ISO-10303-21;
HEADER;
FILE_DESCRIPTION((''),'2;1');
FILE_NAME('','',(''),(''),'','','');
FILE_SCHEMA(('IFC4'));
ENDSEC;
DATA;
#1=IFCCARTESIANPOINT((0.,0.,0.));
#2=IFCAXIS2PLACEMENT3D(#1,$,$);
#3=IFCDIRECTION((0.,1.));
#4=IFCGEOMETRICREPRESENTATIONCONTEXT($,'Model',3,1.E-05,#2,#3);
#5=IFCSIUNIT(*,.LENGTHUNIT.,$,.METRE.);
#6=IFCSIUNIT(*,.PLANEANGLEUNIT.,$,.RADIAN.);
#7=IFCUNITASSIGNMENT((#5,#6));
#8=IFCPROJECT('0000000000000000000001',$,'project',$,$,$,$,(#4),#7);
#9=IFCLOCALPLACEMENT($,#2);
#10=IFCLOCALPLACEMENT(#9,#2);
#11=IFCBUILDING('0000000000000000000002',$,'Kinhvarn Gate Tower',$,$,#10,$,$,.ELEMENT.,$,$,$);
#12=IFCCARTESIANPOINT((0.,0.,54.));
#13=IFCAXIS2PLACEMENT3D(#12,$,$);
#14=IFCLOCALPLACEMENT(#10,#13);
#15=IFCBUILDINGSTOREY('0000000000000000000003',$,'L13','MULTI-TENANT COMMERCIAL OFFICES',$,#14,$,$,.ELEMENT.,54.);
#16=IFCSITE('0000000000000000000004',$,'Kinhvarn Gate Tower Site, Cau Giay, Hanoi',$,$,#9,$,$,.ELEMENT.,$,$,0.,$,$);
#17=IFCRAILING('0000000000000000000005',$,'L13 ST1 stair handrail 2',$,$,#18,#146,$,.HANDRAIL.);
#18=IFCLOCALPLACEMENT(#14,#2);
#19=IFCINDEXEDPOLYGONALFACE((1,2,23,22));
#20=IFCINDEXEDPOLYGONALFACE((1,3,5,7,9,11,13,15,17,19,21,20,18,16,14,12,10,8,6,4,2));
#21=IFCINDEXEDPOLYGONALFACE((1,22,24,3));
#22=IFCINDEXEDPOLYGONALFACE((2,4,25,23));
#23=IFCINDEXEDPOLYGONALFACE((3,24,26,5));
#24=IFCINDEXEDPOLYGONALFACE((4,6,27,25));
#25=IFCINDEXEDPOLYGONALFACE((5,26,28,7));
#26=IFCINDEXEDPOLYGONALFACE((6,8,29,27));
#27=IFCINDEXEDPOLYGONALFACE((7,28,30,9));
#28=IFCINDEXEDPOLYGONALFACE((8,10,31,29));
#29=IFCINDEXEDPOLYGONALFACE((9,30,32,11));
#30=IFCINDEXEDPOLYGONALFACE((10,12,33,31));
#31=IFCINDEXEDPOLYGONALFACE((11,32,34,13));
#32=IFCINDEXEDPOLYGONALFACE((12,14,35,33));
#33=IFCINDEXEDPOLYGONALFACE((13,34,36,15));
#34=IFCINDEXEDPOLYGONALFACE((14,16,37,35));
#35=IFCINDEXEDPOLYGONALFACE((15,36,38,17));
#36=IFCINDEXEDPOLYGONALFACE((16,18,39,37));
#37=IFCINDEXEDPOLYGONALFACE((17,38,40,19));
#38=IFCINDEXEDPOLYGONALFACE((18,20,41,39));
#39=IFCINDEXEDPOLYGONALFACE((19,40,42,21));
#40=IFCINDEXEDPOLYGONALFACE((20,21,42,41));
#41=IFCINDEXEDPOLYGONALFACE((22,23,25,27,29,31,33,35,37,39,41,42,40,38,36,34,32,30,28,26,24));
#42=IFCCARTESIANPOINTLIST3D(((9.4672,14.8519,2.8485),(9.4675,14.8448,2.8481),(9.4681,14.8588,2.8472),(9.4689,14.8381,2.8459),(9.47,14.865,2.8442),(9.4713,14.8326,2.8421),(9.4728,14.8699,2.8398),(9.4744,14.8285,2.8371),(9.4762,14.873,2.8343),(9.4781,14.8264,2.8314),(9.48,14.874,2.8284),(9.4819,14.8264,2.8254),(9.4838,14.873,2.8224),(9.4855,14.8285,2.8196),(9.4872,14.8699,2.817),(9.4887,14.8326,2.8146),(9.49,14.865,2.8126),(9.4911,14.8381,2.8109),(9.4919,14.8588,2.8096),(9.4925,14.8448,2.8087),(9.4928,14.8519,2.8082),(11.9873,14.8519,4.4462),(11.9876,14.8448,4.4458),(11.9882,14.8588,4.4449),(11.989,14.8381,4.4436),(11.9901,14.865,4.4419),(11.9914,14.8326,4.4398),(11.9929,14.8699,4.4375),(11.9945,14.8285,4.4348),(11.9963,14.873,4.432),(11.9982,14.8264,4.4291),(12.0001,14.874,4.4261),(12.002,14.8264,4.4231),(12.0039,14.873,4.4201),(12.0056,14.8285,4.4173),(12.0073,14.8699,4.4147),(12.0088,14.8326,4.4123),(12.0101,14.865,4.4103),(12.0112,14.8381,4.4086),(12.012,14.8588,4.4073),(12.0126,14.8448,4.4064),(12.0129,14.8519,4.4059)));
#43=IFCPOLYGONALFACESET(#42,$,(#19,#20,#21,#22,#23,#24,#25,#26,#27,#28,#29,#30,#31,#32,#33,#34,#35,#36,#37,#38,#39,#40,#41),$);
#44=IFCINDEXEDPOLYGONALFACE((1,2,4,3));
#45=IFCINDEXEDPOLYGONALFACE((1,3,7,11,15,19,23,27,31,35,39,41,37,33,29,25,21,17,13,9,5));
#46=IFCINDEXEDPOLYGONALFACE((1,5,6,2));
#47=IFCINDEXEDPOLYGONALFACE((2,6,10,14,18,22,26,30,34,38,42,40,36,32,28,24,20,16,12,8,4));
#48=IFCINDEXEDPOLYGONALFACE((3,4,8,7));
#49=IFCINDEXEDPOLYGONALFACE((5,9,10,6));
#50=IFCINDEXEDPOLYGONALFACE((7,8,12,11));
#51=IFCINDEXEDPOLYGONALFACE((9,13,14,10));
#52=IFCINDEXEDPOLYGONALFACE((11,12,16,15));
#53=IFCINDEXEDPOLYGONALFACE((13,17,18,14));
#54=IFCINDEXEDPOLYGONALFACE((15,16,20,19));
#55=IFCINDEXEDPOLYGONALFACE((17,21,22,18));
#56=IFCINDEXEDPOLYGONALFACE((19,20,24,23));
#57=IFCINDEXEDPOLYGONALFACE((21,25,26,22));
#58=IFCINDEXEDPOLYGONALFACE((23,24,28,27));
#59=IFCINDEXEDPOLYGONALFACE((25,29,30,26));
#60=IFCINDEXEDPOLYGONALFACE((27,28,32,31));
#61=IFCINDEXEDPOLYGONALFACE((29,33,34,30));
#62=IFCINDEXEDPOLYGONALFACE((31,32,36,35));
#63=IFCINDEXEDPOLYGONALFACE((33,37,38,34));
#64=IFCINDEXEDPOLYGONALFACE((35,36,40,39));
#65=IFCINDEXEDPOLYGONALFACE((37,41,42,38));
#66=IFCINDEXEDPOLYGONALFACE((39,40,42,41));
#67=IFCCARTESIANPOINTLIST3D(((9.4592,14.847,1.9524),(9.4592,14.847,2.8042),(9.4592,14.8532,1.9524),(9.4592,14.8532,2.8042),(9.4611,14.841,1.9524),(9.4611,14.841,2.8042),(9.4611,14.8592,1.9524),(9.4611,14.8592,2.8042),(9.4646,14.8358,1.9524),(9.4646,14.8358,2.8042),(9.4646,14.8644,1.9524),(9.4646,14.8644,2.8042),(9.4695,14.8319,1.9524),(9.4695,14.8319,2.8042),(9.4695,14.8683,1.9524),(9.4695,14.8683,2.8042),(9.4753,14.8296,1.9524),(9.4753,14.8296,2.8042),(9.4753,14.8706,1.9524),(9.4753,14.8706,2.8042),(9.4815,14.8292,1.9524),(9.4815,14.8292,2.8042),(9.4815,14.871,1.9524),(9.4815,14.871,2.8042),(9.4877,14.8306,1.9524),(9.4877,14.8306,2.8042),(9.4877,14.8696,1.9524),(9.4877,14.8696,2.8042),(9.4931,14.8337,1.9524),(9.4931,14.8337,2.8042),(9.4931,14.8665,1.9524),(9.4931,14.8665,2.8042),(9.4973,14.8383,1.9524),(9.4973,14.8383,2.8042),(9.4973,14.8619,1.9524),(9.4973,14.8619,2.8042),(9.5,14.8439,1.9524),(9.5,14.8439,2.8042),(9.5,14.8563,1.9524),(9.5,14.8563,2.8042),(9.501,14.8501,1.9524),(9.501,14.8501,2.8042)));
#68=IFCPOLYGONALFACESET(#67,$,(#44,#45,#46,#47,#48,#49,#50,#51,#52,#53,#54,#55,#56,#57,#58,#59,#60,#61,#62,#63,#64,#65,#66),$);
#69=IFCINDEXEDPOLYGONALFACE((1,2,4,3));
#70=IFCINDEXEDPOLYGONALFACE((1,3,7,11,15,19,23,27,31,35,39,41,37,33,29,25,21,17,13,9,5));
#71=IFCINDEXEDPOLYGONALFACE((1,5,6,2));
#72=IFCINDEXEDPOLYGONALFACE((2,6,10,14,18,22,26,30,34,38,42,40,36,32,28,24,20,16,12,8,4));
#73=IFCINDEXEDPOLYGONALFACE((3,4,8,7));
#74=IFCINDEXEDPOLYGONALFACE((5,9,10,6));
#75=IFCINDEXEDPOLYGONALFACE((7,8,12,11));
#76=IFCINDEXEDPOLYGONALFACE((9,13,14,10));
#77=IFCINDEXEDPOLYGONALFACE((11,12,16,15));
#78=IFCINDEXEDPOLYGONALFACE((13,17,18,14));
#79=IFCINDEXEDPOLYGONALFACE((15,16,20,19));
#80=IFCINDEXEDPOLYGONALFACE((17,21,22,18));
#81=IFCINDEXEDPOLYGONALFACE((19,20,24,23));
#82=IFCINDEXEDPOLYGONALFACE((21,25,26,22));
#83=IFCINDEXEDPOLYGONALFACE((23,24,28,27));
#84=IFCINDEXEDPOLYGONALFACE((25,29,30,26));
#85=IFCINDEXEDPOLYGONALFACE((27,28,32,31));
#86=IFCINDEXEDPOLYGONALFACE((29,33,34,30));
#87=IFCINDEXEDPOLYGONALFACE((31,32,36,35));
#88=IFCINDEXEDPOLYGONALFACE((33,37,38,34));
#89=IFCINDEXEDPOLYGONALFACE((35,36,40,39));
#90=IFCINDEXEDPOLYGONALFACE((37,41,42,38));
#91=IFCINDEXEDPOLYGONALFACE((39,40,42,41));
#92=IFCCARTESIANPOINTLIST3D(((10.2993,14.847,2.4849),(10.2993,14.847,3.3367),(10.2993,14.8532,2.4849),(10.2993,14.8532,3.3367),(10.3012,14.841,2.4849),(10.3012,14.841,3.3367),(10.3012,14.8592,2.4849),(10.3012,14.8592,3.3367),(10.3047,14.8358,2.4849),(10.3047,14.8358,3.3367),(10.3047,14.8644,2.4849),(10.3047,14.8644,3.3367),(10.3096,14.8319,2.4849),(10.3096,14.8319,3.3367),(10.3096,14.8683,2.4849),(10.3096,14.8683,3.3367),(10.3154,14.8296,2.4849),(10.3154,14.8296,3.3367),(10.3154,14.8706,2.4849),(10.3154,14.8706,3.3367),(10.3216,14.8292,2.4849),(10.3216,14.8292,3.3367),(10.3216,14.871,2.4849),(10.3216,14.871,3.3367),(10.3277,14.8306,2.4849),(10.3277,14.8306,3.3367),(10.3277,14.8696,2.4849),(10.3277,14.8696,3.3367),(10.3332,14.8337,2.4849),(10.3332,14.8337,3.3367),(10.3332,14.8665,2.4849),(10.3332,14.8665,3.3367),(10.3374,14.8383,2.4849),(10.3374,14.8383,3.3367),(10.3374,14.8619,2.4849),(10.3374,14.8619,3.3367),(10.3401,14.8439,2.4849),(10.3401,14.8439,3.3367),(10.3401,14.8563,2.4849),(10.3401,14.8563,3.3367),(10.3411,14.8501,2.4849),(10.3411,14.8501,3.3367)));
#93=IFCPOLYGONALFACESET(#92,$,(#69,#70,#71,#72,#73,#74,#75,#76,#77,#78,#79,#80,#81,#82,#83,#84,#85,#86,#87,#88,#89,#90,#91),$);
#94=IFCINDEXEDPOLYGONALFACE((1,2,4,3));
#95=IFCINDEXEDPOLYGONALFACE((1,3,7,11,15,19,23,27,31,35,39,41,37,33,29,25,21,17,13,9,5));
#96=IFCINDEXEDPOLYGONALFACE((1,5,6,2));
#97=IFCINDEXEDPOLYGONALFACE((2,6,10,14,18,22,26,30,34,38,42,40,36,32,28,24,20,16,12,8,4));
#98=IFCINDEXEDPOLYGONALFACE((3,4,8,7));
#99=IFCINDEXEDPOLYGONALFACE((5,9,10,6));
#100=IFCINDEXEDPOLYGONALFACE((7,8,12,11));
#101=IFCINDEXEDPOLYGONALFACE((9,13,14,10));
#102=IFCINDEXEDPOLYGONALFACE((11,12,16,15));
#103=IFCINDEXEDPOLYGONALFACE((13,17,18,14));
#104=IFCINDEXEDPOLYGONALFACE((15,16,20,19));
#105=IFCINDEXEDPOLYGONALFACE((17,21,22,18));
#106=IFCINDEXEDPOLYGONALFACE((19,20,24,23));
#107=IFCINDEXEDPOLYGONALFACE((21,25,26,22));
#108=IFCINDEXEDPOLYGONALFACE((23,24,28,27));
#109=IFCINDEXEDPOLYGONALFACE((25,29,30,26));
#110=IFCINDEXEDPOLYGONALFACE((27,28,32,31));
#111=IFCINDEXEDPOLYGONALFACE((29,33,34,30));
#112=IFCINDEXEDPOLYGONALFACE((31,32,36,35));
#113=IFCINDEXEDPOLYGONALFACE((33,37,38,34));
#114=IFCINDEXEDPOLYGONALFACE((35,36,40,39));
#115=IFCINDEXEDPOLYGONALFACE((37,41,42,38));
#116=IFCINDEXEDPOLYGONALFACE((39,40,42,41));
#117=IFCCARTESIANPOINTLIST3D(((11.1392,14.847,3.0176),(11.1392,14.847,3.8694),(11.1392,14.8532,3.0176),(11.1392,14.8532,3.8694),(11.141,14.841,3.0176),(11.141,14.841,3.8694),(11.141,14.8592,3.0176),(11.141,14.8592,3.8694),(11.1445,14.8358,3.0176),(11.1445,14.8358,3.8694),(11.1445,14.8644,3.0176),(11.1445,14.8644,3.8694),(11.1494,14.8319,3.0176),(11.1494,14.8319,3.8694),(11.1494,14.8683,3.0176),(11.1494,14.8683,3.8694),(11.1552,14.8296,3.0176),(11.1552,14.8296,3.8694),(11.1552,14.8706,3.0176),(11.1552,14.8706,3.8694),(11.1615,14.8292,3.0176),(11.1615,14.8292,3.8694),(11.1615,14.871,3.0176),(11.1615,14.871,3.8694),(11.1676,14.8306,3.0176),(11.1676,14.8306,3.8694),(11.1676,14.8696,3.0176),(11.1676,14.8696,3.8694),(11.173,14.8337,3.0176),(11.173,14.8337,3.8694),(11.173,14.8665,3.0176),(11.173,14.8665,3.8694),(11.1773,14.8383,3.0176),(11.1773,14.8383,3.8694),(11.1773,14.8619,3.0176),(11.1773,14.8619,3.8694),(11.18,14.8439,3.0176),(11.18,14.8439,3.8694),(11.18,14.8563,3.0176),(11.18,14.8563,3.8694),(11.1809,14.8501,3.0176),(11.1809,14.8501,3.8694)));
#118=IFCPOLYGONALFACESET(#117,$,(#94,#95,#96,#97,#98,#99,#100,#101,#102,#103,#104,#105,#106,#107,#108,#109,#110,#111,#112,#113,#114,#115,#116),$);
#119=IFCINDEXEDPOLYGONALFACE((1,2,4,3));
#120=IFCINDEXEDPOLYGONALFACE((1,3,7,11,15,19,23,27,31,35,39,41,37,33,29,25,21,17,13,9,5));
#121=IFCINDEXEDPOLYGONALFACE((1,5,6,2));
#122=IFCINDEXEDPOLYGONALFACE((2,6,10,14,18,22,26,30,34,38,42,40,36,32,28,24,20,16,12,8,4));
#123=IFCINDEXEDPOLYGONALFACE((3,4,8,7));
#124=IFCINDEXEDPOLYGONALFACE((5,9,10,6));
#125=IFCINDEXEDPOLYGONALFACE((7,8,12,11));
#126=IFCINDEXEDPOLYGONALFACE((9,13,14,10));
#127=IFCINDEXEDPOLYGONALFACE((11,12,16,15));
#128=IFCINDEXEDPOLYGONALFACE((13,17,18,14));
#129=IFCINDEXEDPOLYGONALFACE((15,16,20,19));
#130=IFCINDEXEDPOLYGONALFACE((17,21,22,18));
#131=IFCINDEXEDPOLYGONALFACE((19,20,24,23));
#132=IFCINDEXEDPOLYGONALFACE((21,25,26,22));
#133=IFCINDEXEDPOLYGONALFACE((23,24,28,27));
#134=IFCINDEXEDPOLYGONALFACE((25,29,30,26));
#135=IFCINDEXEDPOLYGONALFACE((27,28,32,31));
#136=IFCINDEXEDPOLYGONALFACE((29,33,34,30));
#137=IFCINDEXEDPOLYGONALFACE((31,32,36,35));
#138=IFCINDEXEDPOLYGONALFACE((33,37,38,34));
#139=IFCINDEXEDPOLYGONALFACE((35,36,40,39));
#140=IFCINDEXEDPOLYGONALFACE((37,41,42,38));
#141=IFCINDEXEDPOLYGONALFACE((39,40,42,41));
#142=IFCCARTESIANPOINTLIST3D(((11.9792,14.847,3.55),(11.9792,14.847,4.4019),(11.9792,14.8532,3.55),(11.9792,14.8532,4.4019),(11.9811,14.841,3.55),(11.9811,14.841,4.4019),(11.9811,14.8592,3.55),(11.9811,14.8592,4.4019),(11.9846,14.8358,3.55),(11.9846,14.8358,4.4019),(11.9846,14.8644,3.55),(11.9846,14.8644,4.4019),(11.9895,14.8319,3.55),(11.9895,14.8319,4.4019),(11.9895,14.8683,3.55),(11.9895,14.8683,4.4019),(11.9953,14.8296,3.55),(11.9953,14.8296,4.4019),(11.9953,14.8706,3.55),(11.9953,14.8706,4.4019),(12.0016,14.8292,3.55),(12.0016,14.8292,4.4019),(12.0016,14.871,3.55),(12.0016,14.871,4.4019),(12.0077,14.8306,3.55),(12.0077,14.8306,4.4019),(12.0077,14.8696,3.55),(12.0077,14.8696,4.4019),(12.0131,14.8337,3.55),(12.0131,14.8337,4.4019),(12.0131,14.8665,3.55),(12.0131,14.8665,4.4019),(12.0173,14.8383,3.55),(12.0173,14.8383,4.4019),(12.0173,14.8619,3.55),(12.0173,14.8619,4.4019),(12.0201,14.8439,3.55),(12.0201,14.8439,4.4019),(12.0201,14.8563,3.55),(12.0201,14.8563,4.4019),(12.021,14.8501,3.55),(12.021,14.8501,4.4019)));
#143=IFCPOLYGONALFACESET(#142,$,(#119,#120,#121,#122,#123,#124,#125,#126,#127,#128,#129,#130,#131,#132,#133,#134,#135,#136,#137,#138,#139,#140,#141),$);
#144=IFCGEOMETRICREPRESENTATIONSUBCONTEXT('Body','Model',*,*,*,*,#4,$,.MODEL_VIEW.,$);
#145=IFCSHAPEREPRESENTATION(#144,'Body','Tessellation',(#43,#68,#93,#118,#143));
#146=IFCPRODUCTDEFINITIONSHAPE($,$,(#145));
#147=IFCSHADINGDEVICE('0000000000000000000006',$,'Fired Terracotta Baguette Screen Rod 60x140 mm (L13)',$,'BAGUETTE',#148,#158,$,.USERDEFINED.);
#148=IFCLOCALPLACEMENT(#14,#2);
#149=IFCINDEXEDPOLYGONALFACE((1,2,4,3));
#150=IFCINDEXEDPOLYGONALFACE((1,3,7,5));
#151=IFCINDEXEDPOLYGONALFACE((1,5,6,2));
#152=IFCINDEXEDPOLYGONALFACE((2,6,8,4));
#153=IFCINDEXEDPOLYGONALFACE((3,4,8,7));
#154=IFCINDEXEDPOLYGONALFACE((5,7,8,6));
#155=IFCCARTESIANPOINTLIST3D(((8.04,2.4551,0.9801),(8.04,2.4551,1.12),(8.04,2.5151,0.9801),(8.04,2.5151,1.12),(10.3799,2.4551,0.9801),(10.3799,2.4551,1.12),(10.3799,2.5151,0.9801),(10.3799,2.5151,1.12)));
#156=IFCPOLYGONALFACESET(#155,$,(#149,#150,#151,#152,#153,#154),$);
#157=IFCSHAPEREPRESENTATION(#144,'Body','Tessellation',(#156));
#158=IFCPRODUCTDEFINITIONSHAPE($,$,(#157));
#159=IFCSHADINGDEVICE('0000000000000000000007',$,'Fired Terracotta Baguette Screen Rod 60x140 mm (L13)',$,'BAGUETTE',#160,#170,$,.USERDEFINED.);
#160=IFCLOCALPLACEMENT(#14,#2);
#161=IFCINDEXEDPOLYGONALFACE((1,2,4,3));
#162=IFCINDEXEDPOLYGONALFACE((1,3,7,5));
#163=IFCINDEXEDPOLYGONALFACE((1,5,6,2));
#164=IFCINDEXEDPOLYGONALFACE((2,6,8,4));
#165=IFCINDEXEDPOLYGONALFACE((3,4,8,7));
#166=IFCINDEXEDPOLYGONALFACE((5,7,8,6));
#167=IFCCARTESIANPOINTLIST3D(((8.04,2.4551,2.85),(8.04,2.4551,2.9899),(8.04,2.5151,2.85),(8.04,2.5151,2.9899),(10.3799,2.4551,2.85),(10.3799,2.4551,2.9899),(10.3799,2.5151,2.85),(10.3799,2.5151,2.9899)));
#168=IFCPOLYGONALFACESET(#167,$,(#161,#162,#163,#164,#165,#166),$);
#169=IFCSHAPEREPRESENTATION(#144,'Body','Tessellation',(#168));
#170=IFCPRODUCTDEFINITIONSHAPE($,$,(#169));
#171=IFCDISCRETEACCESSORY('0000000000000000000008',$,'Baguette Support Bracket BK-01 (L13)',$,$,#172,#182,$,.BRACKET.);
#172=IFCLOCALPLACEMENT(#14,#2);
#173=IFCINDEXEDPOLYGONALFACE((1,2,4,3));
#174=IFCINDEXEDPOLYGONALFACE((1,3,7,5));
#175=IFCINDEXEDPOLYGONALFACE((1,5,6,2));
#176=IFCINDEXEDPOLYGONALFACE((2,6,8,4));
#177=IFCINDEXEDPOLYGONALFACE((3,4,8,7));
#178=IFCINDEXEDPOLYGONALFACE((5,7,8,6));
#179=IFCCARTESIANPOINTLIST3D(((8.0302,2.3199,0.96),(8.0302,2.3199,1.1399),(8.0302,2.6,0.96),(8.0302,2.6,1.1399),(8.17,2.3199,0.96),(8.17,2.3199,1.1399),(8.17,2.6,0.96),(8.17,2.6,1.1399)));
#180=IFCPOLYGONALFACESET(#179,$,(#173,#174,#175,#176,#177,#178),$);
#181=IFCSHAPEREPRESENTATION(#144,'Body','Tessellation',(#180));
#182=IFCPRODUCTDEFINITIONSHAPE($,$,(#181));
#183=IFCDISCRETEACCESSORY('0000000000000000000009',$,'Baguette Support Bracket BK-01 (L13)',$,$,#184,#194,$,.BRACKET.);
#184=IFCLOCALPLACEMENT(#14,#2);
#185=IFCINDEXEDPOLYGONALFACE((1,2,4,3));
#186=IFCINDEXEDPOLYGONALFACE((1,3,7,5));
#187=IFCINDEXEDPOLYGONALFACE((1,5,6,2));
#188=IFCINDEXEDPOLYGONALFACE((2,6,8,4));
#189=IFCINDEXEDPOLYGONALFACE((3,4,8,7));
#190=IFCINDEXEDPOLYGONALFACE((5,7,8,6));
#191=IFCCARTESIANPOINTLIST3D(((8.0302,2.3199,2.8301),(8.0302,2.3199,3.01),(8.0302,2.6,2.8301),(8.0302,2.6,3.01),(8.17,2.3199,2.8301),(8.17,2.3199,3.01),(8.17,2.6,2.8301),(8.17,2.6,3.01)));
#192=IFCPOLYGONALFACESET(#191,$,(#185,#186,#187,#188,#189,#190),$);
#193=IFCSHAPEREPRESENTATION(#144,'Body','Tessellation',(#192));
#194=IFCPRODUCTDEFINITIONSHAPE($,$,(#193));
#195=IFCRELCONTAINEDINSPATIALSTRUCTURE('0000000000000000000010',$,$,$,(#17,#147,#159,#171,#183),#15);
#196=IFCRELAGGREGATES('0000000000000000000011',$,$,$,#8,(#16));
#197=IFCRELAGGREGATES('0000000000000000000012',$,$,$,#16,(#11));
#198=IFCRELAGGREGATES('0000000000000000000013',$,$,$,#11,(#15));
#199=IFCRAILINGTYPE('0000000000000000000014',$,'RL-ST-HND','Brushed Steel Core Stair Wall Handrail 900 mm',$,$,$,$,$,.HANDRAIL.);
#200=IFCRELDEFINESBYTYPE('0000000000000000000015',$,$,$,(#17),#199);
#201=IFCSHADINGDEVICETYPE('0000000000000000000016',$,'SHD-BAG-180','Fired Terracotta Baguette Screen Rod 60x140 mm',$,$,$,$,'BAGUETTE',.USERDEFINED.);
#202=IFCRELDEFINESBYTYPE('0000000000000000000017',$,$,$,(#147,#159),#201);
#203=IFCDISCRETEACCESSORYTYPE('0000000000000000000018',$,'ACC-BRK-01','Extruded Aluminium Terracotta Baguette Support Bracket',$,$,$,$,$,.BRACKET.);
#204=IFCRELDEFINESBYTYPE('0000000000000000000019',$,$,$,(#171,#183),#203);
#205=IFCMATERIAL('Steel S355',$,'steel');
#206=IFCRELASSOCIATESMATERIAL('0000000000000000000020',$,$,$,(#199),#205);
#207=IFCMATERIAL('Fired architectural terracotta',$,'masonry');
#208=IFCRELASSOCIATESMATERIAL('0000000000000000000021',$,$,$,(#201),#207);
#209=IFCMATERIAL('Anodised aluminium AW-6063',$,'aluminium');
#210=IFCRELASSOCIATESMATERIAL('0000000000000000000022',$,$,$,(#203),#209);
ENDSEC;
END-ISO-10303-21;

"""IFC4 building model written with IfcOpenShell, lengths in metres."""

from ifc_helpers import new_model, si_unit, direction, frame, origin, origin_2d, place, context, subcontext, project, spatial, rectangle, circle, extrude, material, material_profile, profile_set, type_object, element, save


model = new_model("IFC4")

# Units and contexts
model_context = context("Model", 3, precision=1e-05, world=origin(), true_north=direction((0.0, 1.0)))
body_context = subcontext(model_context, "Body", "Model", "MODEL_VIEW")
ifc_project = project(units=[si_unit("LENGTHUNIT", "METRE"), si_unit("PLANEANGLEUNIT", "RADIAN")], contexts=[model_context])

# Site, building, storey
site_placement = place(None, origin())
site = spatial("IfcSite", under=ifc_project, at=site_placement, Name="Kinhvarn Gate Tower Site, Cau Giay, Hanoi", CompositionType="ELEMENT", RefElevation=0.0)
building_placement = place(site_placement, origin())
building = spatial("IfcBuilding", under=site, at=building_placement, Name="Kinhvarn Gate Tower", CompositionType="ELEMENT")
storey_placement = place(building_placement, frame((0.0, 0.0, 54.0)))
storey = spatial("IfcBuildingStorey", under=building, at=storey_placement, Name="L13", Description="MULTI-TENANT COMMERCIAL OFFICES", CompositionType="ELEMENT", Elevation=54.0)

# Shared definitions
ifc_material_1 = material(Name="Anodised aluminium AW-6063", Category="aluminium")

# Shared definitions
ifc_material_2 = material(Name="Steel S355", Category="steel")

# Shared definitions
ifc_material_3 = material(Name="Fired architectural terracotta", Category="masonry")

# Railing
railing_type_1 = type_object("IfcRailingType", Name="RL-ST-HND", Description="Brushed Steel Core Stair Wall Handrail 900 mm", PredefinedType="HANDRAIL", material=ifc_material_2)
railing_1_placement = place(storey_placement, frame((9.48, 14.8501, 1.9524)))
element("IfcRailing", 1, at=railing_1_placement, inside=storey, type_object=railing_type_1, Name="L13 ST1 stair handrail 2", PredefinedType="HANDRAIL", context=body_context, shape_type="SweptSolid", body=[
    extrude(circle(Radius=0.0239, at=origin_2d()), frame((0.0, 0.0, 0.876), z_axis=(0.84457, 0.0, 0.535445), x_axis=(0.0, 1.0, 0.0)), (0.0, 0.0, 1.0), 2.9839),
    extrude(circle(Radius=0.021, at=origin_2d()), origin(), (0.0, 0.0, 1.0), 0.8518),
    extrude(circle(Radius=0.021, at=origin_2d()), frame((0.8401, 0.0, 0.5325)), (0.0, 0.0, 1.0), 0.8518),
    extrude(circle(Radius=0.021, at=origin_2d()), frame((1.6799, 0.0, 1.0652)), (0.0, 0.0, 1.0), 0.8518),
    extrude(circle(Radius=0.021, at=origin_2d()), frame((2.52, 0.0, 1.5977)), (0.0, 0.0, 1.0), 0.8518),
])

# Shading devices
ifc_material_profile_1 = material_profile(ifc_material_3, rectangle(XDim=0.0601, YDim=0.1399, at=origin_2d()), Name="TC 60x140")
ifc_profile_set_1 = profile_set([ifc_material_profile_1], Name="Fired architectural terracotta")
shading_device_type = type_object("IfcShadingDeviceType", Name="SHD-BAG-180", Description="Fired Terracotta Baguette Screen Rod 60x140 mm", ElementType="BAGUETTE", PredefinedType="USERDEFINED", material=ifc_profile_set_1)
for number, where, z_axis, x_axis, name in (
    (2, (8.04, 2.4851, 1.05), (1.0, 0.0, 0.0), (0.0, 1.0, 0.0), "Fired Terracotta Baguette Screen Rod 60x140 mm (L13)"),
    (3, (8.04, 2.4851, 2.9199), (1.0, 0.0, 0.0), (0.0, 1.0, 0.0), "Fired Terracotta Baguette Screen Rod 60x140 mm (L13)"),
):
    element("IfcShadingDevice", number, at=place(storey_placement, frame(where, z_axis=z_axis, x_axis=x_axis)), inside=storey, type_object=shading_device_type, Name=name, ObjectType="BAGUETTE", PredefinedType="USERDEFINED", context=body_context, shape_type="SweptSolid", body=[
        extrude(rectangle(XDim=0.0601, YDim=0.1399, at=origin_2d()), origin(), (0.0, 0.0, 1.0), 2.3398),
    ])

# Discrete accessories
discrete_accessory_type = type_object("IfcDiscreteAccessoryType", Name="ACC-BRK-01", Description="Extruded Aluminium Terracotta Baguette Support Bracket", PredefinedType="BRACKET", material=ifc_material_1)
for number, where, z_axis, x_axis, name in (
    (4, (8.1001, 2.46, 0.96), (0.0, 0.0, 1.0), (1.0, 0.0, 0.0), "Baguette Support Bracket BK-01 (L13)"),
    (5, (8.1001, 2.46, 2.8301), (0.0, 0.0, 1.0), (1.0, 0.0, 0.0), "Baguette Support Bracket BK-01 (L13)"),
):
    element("IfcDiscreteAccessory", number, at=place(storey_placement, frame(where, z_axis=z_axis, x_axis=x_axis)), inside=storey, type_object=discrete_accessory_type, Name=name, PredefinedType="BRACKET", context=body_context, shape_type="SweptSolid", body=[
        extrude(rectangle(XDim=0.1399, YDim=0.28, at=origin_2d()), origin(), (0.0, 0.0, 1.0), 0.1799),
    ])

save(model, "model.ifc")
